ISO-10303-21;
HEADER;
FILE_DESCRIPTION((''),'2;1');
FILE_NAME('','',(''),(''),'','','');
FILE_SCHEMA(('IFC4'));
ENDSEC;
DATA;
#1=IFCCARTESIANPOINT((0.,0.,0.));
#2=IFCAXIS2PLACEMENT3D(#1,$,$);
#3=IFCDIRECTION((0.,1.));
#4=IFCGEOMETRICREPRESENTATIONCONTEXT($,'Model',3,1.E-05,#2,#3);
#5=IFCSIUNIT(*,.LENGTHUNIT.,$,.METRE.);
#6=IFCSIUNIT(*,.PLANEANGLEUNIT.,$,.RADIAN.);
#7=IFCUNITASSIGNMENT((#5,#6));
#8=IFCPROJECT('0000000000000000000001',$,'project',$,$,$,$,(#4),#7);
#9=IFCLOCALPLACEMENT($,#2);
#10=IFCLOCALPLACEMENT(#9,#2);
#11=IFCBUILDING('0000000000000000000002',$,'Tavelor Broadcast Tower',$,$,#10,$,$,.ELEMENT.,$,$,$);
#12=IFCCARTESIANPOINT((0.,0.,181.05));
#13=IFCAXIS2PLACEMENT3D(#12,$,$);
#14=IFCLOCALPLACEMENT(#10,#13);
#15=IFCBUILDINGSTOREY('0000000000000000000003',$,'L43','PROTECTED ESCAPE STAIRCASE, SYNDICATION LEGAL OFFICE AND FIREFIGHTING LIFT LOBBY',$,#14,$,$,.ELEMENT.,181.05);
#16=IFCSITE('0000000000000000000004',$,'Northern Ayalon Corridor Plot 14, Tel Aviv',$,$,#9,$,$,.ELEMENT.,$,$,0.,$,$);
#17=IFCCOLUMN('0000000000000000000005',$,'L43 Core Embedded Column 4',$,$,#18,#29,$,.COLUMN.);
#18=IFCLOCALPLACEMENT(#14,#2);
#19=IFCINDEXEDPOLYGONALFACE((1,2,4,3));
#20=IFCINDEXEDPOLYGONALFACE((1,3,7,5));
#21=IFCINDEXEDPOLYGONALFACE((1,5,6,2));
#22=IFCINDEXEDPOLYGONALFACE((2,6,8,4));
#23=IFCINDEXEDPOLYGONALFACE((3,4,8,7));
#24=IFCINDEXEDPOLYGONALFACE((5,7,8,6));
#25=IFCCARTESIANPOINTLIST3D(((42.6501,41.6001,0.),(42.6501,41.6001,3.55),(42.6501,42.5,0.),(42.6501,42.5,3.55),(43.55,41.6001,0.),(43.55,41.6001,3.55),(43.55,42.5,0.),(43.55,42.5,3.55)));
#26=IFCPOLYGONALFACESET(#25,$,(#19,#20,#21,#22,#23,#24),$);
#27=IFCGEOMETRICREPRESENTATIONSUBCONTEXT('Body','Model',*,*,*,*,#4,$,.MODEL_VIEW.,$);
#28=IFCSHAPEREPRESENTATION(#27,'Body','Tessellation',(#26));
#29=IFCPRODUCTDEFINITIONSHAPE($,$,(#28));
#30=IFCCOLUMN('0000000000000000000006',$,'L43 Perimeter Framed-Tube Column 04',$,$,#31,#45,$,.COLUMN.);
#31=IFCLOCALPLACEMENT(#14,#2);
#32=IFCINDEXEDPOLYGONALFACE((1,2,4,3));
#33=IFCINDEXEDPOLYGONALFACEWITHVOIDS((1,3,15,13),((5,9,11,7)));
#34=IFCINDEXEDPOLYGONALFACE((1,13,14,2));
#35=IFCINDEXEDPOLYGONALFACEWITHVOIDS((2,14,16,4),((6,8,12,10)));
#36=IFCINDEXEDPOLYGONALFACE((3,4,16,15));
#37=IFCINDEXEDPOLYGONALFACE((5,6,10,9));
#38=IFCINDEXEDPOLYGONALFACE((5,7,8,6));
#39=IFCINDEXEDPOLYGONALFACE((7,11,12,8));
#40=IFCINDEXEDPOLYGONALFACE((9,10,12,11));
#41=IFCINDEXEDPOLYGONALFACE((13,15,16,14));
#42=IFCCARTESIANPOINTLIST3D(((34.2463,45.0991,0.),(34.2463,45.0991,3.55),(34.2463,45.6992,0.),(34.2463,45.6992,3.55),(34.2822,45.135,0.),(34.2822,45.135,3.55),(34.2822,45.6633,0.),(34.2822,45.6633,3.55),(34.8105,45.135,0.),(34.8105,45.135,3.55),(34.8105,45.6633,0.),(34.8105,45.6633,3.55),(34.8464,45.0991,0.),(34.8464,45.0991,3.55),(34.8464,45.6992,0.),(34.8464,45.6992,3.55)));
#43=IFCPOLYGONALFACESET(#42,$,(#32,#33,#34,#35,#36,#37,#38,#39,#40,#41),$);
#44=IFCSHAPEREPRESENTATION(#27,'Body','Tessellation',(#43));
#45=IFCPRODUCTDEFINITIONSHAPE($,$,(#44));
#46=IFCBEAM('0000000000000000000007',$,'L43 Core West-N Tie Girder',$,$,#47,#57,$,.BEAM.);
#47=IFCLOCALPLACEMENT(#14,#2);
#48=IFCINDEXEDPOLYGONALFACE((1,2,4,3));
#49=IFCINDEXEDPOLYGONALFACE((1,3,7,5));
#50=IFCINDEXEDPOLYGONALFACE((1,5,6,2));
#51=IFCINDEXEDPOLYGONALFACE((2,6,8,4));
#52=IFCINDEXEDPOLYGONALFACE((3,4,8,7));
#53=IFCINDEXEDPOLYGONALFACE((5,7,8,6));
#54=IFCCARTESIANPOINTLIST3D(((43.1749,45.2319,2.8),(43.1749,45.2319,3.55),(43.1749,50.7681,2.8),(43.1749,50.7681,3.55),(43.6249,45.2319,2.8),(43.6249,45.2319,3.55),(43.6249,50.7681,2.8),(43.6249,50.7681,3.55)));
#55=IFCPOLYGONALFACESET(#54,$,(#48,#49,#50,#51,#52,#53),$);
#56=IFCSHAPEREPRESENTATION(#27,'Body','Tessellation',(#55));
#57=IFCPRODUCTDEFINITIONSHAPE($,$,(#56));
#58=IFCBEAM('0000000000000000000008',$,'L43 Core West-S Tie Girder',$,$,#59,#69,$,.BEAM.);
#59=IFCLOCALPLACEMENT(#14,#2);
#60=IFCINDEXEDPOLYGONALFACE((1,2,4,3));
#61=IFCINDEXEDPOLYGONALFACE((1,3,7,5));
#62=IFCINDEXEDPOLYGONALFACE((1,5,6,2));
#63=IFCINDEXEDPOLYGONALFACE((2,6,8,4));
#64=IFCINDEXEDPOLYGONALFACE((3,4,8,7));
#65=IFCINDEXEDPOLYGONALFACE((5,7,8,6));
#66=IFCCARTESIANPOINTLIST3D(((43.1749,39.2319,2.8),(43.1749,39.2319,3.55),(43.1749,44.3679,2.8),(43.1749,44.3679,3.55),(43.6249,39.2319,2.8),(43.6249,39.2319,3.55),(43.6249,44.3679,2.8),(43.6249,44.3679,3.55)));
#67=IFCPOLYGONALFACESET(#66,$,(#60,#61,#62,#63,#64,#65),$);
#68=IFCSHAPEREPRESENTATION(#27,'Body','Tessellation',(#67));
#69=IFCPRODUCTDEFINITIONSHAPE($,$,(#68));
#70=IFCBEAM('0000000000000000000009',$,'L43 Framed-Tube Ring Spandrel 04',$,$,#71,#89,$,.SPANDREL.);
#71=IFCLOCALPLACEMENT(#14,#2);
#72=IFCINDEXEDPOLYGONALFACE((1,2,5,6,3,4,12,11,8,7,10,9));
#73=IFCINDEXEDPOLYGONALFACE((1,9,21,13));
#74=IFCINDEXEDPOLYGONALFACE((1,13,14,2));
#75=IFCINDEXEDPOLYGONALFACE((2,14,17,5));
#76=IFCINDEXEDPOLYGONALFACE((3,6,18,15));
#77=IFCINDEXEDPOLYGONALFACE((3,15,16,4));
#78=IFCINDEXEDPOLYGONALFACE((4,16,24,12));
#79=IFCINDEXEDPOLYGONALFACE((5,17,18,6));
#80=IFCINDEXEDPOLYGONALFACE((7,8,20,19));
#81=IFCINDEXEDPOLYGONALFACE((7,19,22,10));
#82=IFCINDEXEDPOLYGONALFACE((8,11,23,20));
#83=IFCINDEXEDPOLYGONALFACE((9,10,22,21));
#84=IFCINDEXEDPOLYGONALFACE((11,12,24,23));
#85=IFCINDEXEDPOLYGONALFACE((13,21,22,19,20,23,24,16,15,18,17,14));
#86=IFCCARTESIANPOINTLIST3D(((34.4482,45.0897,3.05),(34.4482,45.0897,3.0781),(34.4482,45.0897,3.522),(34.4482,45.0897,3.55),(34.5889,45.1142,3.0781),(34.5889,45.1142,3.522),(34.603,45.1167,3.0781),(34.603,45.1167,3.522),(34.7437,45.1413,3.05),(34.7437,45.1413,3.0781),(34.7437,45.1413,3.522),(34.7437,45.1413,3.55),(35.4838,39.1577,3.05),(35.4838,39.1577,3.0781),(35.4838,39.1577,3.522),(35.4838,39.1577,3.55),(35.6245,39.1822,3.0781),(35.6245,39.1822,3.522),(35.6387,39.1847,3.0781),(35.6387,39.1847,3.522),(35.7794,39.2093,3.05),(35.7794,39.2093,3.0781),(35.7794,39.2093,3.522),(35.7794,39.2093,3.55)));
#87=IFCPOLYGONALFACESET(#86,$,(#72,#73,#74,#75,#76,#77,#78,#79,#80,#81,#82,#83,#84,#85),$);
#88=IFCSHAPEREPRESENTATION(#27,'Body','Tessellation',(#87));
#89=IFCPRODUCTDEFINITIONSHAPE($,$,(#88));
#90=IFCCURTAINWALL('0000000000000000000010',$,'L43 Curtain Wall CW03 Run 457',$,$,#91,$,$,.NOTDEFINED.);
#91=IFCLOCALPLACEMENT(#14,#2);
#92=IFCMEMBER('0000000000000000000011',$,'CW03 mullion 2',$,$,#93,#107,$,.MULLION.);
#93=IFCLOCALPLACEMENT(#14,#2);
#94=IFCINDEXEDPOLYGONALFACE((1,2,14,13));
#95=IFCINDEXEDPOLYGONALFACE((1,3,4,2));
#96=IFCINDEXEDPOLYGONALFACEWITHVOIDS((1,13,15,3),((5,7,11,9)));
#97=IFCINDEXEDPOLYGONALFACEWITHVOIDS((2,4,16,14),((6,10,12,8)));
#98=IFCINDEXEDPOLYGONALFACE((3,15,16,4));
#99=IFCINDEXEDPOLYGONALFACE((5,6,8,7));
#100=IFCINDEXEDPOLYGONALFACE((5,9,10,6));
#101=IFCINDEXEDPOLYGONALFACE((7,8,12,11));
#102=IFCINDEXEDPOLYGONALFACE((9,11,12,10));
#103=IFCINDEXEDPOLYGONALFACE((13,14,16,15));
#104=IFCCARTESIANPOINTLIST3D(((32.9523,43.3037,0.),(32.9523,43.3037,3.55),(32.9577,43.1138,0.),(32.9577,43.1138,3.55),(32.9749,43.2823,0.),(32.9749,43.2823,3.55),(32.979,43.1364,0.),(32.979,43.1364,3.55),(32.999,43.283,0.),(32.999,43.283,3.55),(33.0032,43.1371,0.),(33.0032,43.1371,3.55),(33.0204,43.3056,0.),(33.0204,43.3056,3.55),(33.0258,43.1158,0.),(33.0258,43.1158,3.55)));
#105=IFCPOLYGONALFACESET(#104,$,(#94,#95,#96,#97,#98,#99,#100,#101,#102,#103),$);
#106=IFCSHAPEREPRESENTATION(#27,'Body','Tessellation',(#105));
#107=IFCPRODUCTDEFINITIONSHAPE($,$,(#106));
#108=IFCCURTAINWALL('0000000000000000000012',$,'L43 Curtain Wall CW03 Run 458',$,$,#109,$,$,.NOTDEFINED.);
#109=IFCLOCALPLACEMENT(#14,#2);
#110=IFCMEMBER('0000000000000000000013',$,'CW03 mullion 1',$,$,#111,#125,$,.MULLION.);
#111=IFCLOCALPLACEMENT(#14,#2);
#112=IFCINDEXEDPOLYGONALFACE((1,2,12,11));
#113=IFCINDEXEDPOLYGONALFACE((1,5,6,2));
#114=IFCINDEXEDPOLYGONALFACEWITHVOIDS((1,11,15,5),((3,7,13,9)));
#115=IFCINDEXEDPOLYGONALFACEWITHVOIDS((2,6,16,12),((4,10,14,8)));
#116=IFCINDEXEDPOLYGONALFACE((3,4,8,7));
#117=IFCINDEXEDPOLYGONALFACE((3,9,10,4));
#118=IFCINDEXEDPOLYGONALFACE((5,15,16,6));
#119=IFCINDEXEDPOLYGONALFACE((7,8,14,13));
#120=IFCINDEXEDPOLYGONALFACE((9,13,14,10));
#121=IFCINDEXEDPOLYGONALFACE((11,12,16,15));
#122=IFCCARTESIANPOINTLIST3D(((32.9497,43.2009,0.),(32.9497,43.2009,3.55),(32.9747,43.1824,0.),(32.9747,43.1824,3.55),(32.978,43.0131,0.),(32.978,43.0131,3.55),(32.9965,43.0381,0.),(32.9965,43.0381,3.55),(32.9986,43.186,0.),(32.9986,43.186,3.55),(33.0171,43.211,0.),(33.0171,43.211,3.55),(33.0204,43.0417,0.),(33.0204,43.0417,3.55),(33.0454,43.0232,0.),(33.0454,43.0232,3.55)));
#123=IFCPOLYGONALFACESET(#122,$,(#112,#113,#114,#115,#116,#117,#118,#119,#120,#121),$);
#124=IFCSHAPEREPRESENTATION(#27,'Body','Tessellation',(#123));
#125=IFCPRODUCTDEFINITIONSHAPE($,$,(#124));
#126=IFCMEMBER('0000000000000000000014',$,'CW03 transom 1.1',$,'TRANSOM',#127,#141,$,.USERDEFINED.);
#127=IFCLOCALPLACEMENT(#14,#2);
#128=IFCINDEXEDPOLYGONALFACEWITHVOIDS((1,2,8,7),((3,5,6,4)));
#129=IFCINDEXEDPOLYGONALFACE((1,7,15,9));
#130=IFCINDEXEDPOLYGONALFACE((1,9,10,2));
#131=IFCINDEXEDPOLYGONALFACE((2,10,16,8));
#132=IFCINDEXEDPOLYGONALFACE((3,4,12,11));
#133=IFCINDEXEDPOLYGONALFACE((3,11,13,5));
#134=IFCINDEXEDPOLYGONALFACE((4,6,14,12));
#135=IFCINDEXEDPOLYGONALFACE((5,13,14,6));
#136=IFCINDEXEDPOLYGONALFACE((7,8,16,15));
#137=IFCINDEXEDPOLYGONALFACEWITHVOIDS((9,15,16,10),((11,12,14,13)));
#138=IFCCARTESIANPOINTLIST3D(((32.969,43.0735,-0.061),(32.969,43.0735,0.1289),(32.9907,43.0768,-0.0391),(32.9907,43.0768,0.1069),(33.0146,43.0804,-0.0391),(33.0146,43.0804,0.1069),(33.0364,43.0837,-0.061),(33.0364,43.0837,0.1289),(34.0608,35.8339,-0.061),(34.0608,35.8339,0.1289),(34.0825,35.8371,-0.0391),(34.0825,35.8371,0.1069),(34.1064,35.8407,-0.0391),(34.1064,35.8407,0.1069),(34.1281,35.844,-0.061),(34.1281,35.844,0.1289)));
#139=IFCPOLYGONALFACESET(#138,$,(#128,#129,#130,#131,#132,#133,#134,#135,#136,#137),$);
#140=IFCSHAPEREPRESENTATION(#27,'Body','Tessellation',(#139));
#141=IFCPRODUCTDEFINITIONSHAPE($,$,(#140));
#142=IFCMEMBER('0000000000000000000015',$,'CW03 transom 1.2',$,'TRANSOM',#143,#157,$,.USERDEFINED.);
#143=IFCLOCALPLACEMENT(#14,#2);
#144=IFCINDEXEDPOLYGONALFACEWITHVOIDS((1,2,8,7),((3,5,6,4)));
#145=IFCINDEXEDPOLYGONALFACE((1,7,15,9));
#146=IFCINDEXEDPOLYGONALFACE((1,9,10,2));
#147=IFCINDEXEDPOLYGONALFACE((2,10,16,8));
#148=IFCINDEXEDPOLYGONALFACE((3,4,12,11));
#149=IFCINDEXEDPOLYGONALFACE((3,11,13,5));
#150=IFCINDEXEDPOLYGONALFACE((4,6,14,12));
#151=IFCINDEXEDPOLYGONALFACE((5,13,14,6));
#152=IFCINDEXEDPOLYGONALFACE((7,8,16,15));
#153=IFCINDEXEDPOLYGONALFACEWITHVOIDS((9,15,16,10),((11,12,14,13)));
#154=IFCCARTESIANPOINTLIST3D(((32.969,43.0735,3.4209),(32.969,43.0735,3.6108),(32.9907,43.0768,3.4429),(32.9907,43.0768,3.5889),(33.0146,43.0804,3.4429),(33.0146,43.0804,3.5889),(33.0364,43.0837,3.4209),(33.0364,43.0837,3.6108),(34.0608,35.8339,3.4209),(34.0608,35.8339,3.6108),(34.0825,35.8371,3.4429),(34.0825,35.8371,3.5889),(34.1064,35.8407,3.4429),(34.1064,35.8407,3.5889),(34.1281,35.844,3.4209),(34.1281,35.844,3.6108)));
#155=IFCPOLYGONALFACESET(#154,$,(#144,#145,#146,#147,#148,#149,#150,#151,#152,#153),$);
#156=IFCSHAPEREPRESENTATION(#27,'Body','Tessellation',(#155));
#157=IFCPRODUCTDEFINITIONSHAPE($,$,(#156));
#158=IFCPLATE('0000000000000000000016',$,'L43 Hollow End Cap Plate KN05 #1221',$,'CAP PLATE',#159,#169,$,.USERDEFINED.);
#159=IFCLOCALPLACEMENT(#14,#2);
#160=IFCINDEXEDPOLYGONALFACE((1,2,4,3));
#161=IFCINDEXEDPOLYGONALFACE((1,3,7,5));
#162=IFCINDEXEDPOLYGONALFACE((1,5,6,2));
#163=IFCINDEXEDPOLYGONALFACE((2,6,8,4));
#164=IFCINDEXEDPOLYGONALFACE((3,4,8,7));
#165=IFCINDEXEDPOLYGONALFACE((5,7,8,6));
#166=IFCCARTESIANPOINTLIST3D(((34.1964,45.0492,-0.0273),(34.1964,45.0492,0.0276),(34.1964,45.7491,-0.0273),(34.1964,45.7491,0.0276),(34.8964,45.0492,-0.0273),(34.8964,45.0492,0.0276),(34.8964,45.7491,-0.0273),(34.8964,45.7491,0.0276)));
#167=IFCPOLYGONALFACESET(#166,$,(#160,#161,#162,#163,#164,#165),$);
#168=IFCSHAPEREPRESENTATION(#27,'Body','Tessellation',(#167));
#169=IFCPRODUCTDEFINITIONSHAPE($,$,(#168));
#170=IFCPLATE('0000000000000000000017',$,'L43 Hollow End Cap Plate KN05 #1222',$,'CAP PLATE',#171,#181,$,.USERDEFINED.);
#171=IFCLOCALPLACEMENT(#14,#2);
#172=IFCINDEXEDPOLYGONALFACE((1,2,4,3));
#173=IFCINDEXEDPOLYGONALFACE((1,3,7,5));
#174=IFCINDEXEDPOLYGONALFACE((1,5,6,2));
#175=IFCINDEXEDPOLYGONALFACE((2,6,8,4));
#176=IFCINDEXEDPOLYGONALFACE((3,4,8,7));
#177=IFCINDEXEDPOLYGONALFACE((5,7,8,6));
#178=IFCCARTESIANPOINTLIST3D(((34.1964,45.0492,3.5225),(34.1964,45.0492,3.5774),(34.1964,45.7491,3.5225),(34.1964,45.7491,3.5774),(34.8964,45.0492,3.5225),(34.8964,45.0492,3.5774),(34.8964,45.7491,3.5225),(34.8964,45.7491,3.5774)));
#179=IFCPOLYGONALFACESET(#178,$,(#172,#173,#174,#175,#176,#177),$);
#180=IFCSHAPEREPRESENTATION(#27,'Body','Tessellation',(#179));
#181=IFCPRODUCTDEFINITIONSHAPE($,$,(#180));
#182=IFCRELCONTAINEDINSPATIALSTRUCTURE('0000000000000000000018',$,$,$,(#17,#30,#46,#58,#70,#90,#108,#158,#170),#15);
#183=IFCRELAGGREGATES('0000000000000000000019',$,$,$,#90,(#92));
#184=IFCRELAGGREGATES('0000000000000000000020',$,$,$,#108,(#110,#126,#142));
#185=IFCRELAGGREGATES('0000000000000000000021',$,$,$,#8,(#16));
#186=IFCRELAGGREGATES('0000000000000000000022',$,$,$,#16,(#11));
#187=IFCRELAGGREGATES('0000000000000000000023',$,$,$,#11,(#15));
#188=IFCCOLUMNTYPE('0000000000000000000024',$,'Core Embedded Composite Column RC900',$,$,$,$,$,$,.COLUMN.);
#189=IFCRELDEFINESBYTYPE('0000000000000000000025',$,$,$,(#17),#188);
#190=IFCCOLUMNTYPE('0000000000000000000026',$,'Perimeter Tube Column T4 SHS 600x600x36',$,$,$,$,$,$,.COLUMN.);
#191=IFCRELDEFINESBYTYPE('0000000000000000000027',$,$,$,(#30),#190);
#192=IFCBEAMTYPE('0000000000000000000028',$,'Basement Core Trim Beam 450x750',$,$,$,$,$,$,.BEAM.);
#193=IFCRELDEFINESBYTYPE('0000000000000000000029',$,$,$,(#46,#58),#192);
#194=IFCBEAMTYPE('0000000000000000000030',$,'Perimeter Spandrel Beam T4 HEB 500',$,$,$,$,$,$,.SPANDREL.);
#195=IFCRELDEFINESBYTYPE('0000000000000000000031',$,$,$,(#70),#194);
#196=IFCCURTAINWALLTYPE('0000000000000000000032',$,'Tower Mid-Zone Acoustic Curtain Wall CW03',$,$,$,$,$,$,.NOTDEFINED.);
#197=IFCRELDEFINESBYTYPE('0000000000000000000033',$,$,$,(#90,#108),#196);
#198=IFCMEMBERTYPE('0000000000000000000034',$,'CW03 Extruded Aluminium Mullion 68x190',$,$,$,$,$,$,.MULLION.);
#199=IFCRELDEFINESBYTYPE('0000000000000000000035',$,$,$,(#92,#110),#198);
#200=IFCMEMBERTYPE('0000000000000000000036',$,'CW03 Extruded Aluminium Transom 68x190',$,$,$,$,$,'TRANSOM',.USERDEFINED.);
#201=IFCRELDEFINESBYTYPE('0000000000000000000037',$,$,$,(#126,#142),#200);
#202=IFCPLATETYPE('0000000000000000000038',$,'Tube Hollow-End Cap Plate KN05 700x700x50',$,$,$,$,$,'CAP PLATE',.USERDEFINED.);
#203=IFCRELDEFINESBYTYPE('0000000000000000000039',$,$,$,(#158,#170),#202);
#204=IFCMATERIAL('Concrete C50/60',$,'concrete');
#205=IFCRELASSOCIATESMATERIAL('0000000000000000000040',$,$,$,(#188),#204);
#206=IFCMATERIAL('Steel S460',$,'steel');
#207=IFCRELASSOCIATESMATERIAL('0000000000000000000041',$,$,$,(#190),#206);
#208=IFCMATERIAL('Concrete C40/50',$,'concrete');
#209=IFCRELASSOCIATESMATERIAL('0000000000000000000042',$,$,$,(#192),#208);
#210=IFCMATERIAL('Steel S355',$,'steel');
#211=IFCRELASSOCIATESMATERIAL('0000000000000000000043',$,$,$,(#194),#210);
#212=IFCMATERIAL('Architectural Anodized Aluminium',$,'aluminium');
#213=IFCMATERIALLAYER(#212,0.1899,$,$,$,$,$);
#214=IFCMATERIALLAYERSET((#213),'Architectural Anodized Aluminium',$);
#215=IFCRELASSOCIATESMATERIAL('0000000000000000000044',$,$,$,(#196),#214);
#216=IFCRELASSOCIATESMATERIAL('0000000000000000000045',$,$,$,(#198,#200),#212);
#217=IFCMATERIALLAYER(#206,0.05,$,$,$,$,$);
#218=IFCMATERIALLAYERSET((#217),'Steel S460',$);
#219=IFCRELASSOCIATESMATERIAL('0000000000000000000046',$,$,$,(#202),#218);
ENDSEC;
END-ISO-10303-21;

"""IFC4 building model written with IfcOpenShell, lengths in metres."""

from ifc_helpers import new_model, si_unit, direction, frame, origin, origin_2d, place, context, subcontext, project, spatial, rectangle, hollow_rectangle, i_section, extrude, source, transform, mapped, material, layer, layer_set, material_profile, profile_set, type_object, type_shapes, element, aggregate, save


model = new_model("IFC4")

# Units and contexts
model_context = context("Model", 3, precision=1e-05, world=origin(), true_north=direction((0.0, 1.0)))
body_context = subcontext(model_context, "Body", "Model", "MODEL_VIEW")
ifc_project = project(units=[si_unit("LENGTHUNIT", "METRE"), si_unit("PLANEANGLEUNIT", "RADIAN")], contexts=[model_context])

# Site, building, storey
site_placement = place(None, origin())
site = spatial("IfcSite", under=ifc_project, at=site_placement, Name="Northern Ayalon Corridor Plot 14, Tel Aviv", CompositionType="ELEMENT", RefElevation=0.0)
building_placement = place(site_placement, origin())
building = spatial("IfcBuilding", under=site, at=building_placement, Name="Tavelor Broadcast Tower", CompositionType="ELEMENT")
storey_placement = place(building_placement, frame((0.0, 0.0, 181.05)))
storey = spatial("IfcBuildingStorey", under=building, at=storey_placement, Name="L43", Description="PROTECTED ESCAPE STAIRCASE, SYNDICATION LEGAL OFFICE AND FIREFIGHTING LIFT LOBBY", CompositionType="ELEMENT", Elevation=181.05)

# Columns
ifc_material_1 = material(Name="Concrete C50/60", Category="concrete")
ifc_material_profile_1 = material_profile(ifc_material_1, rectangle(XDim=0.8999, YDim=0.8999, at=origin_2d()), Name="RC 900x900")
ifc_profile_set_1 = profile_set([ifc_material_profile_1], Name="Concrete C50/60")
column_type_1 = type_object("IfcColumnType", Name="Core Embedded Composite Column RC900", PredefinedType="COLUMN", material=ifc_profile_set_1)
column_1_placement = place(storey_placement, frame((43.1001, 42.05, 0.0), z_axis=(0.0, 0.0, 1.0), x_axis=(1.0, 0.0, 0.0)))
element("IfcColumn", 1, at=column_1_placement, inside=storey, type_object=column_type_1, Name="L43 Core Embedded Column 4", PredefinedType="COLUMN", context=body_context, shape_type="SweptSolid", body=[
    extrude(rectangle(XDim=0.8999, YDim=0.8999, at=origin_2d()), origin(), (0.0, 0.0, 1.0), 3.55),
])
ifc_material_2 = material(Name="Steel S460", Category="steel")
ifc_material_profile_2 = material_profile(ifc_material_2, hollow_rectangle(XDim=0.6001, YDim=0.6001, WallThickness=0.0359, at=origin_2d()), Name="SHS 600x600x36")
ifc_profile_set_2 = profile_set([ifc_material_profile_2], Name="Steel S460")
column_type_2 = type_object("IfcColumnType", Name="Perimeter Tube Column T4 SHS 600x600x36", PredefinedType="COLUMN", material=ifc_profile_set_2)
column_2_placement = place(storey_placement, frame((34.5464, 45.3992, 0.0), z_axis=(0.0, 0.0, 1.0), x_axis=(1.0, 0.0, 0.0)))
element("IfcColumn", 2, at=column_2_placement, inside=storey, type_object=column_type_2, Name="L43 Perimeter Framed-Tube Column 04", PredefinedType="COLUMN", context=body_context, shape_type="SweptSolid", body=[
    extrude(hollow_rectangle(XDim=0.6001, YDim=0.6001, WallThickness=0.0359, at=origin_2d()), origin(), (0.0, 0.0, 1.0), 3.55),
])

# Beams
ifc_material_3 = material(Name="Concrete C40/50", Category="concrete")
ifc_material_profile_3 = material_profile(ifc_material_3, rectangle(XDim=0.45, YDim=0.75, at=origin_2d()), Name="RC 450x750")
ifc_profile_set_3 = profile_set([ifc_material_profile_3], Name="Concrete C40/50")
beam_type_1 = type_object("IfcBeamType", Name="Basement Core Trim Beam 450x750", PredefinedType="BEAM", material=ifc_profile_set_3)
beam_1_placement = place(storey_placement, frame((43.3999, 45.2319, 3.175), z_axis=(0.0, 1.0, 0.0), x_axis=(-1.0, 0.0, 0.0)))
element("IfcBeam", 3, at=beam_1_placement, inside=storey, type_object=beam_type_1, Name="L43 Core West-N Tie Girder", PredefinedType="BEAM", context=body_context, shape_type="SweptSolid", body=[
    extrude(rectangle(XDim=0.45, YDim=0.75, at=origin_2d()), origin(), (0.0, 0.0, 1.0), 5.5361),
])
beam_2_placement = place(storey_placement, frame((43.3999, 39.2319, 3.175), z_axis=(0.0, 1.0, 0.0), x_axis=(-1.0, 0.0, 0.0)))
element("IfcBeam", 4, at=beam_2_placement, inside=storey, type_object=beam_type_1, Name="L43 Core West-S Tie Girder", PredefinedType="BEAM", context=body_context, shape_type="SweptSolid", body=[
    extrude(rectangle(XDim=0.45, YDim=0.75, at=origin_2d()), origin(), (0.0, 0.0, 1.0), 5.136),
])
ifc_material_4 = material(Name="Steel S355", Category="steel")
ifc_material_profile_4 = material_profile(ifc_material_4, i_section(OverallWidth=0.3, OverallDepth=0.5, WebThickness=0.0144, FlangeThickness=0.0281, at=origin_2d()), Name="HEB 500")
ifc_profile_set_4 = profile_set([ifc_material_profile_4], Name="Steel S355")
beam_type_2 = type_object("IfcBeamType", Name="Perimeter Spandrel Beam T4 HEB 500", PredefinedType="SPANDREL", material=ifc_profile_set_4)
beam_3_placement = place(storey_placement, frame((34.5959, 45.1155, 3.3), z_axis=(0.171988, -0.985099, 0.0), x_axis=(0.985099, 0.171988, 0.0)))
element("IfcBeam", 5, at=beam_3_placement, inside=storey, type_object=beam_type_2, Name="L43 Framed-Tube Ring Spandrel 04", PredefinedType="SPANDREL", context=body_context, shape_type="SweptSolid", body=[
    extrude(i_section(OverallWidth=0.3, OverallDepth=0.5, WebThickness=0.0144, FlangeThickness=0.0281, at=origin_2d()), origin(), (0.0, 0.0, 1.0), 6.0217),
])

# Curtain wall, member
ifc_material_5 = material(Name="Architectural Anodized Aluminium", Category="aluminium")
ifc_layer_1 = layer(ifc_material_5, 0.1899)
ifc_layer_set_1 = layer_set([ifc_layer_1], Name="Architectural Anodized Aluminium")
curtain_wall_type = type_object("IfcCurtainWallType", Name="Tower Mid-Zone Acoustic Curtain Wall CW03", PredefinedType="NOTDEFINED", material=ifc_layer_set_1)
curtain_wall_1_placement = place(storey_placement, origin())
curtain_wall_1 = element("IfcCurtainWall", 6, at=curtain_wall_1_placement, inside=storey, type_object=curtain_wall_type, Name="L43 Curtain Wall CW03 Run 457", PredefinedType="NOTDEFINED")
ifc_material_profile_5 = material_profile(ifc_material_5, hollow_rectangle(XDim=0.0681, YDim=0.1899, WallThickness=0.022, at=origin_2d()), Name="RHS 68x190x22")
ifc_profile_set_5 = profile_set([ifc_material_profile_5], Name="Architectural Anodized Aluminium")
member_type_1 = type_object("IfcMemberType", Name="CW03 Extruded Aluminium Mullion 68x190", PredefinedType="MULLION", material=ifc_profile_set_5)
shared_shape_1 = source(origin(), body_context, "Body", "SweptSolid", [
    extrude(hollow_rectangle(XDim=0.0681, YDim=0.1899, WallThickness=0.022, at=origin_2d()), origin(), (0.0, 0.0, 1.0), 3.55),
])
type_shapes(member_type_1, [shared_shape_1])
member_1_placement = place(storey_placement, frame((32.989, 43.2097, 0.0), z_axis=(0.0, 0.0, 1.0), x_axis=(0.999598, 0.028358, 0.0)))
member_1 = element("IfcMember", 7, at=member_1_placement, type_object=member_type_1, Name="CW03 mullion 2", PredefinedType="MULLION", context=body_context, shape_type="MappedRepresentation", body=[
    mapped(shared_shape_1, transform((0.0, 0.0, 0.0), scale=1.0)),
])
aggregate(curtain_wall_1, [member_1])

# Curtain wall, members
curtain_wall_2_placement = place(storey_placement, origin())
curtain_wall_2 = element("IfcCurtainWall", 8, at=curtain_wall_2_placement, inside=storey, type_object=curtain_wall_type, Name="L43 Curtain Wall CW03 Run 458", PredefinedType="NOTDEFINED")
member_2_placement = place(storey_placement, frame((32.9976, 43.1121, 0.0), z_axis=(0.0, 0.0, 1.0), x_axis=(0.98882, 0.149112, 0.0)))
member_2 = element("IfcMember", 9, at=member_2_placement, type_object=member_type_1, Name="CW03 mullion 1", PredefinedType="MULLION", context=body_context, shape_type="MappedRepresentation", body=[
    mapped(shared_shape_1, transform((0.0, 0.0, 0.0), scale=1.0)),
])
ifc_material_profile_6 = material_profile(ifc_material_5, hollow_rectangle(XDim=0.0681, YDim=0.1899, WallThickness=0.022, at=origin_2d()), Name="RHS 68x190x22")
ifc_profile_set_6 = profile_set([ifc_material_profile_6], Name="Architectural Anodized Aluminium")
member_type_2 = type_object("IfcMemberType", Name="CW03 Extruded Aluminium Transom 68x190", ElementType="TRANSOM", PredefinedType="USERDEFINED", material=ifc_profile_set_6)
shared_shape_2 = source(origin(), body_context, "Body", "SweptSolid", [
    extrude(hollow_rectangle(XDim=0.0681, YDim=0.1899, WallThickness=0.022, at=origin_2d()), origin(), (0.0, 0.0, 1.0), 7.3215),
])
type_shapes(member_type_2, [shared_shape_2])
member_3_placement = place(storey_placement, frame((33.0027, 43.0786, 0.0339), z_axis=(0.14912, -0.988819, 0.0), x_axis=(0.988819, 0.14912, 0.0)))
member_3 = element("IfcMember", 10, at=member_3_placement, type_object=member_type_2, Name="CW03 transom 1.1", ObjectType="TRANSOM", PredefinedType="USERDEFINED", context=body_context, shape_type="MappedRepresentation", body=[
    mapped(shared_shape_2, transform((0.0, 0.0, 0.0), scale=1.0)),
])
member_4_placement = place(storey_placement, frame((33.0027, 43.0786, 3.5159), z_axis=(0.14912, -0.988819, 0.0), x_axis=(0.988819, 0.14912, 0.0)))
member_4 = element("IfcMember", 11, at=member_4_placement, type_object=member_type_2, Name="CW03 transom 1.2", ObjectType="TRANSOM", PredefinedType="USERDEFINED", context=body_context, shape_type="MappedRepresentation", body=[
    mapped(shared_shape_2, transform((0.0, 0.0, 0.0), scale=1.0)),
])

# Plates
ifc_layer_2 = layer(ifc_material_2, 0.05)
ifc_layer_set_2 = layer_set([ifc_layer_2], Name="Steel S460")
plate_type_1 = type_object("IfcPlateType", Name="Tube Hollow-End Cap Plate KN05 700x700x50", ElementType="CAP PLATE", PredefinedType="USERDEFINED", material=ifc_layer_set_2)
shared_shape_3 = source(origin(), body_context, "Body", "SweptSolid", [
    extrude(rectangle(XDim=0.7, YDim=0.7, at=origin_2d()), origin(), (0.0, 0.0, 1.0), 0.0549),
])
type_shapes(plate_type_1, [shared_shape_3])
for number, where, z_axis, x_axis, name in (
    (12, (34.5464, 45.3992, -0.0273), (0.0, 0.0, 1.0), (1.0, 0.0, 0.0), "L43 Hollow End Cap Plate KN05 #1221"),
    (13, (34.5464, 45.3992, 3.5225), (0.0, 0.0, 1.0), (1.0, 0.0, 0.0), "L43 Hollow End Cap Plate KN05 #1222"),
):
    element("IfcPlate", number, at=place(storey_placement, frame(where, z_axis=z_axis, x_axis=x_axis)), inside=storey, type_object=plate_type_1, Name=name, ObjectType="CAP PLATE", PredefinedType="USERDEFINED", context=body_context, shape_type="MappedRepresentation", body=[
        mapped(shared_shape_3, transform((0.0, 0.0, 0.0), scale=1.0)),
    ])

aggregate(curtain_wall_2, [member_2, member_3, member_4])

save(model, "model.ifc")
